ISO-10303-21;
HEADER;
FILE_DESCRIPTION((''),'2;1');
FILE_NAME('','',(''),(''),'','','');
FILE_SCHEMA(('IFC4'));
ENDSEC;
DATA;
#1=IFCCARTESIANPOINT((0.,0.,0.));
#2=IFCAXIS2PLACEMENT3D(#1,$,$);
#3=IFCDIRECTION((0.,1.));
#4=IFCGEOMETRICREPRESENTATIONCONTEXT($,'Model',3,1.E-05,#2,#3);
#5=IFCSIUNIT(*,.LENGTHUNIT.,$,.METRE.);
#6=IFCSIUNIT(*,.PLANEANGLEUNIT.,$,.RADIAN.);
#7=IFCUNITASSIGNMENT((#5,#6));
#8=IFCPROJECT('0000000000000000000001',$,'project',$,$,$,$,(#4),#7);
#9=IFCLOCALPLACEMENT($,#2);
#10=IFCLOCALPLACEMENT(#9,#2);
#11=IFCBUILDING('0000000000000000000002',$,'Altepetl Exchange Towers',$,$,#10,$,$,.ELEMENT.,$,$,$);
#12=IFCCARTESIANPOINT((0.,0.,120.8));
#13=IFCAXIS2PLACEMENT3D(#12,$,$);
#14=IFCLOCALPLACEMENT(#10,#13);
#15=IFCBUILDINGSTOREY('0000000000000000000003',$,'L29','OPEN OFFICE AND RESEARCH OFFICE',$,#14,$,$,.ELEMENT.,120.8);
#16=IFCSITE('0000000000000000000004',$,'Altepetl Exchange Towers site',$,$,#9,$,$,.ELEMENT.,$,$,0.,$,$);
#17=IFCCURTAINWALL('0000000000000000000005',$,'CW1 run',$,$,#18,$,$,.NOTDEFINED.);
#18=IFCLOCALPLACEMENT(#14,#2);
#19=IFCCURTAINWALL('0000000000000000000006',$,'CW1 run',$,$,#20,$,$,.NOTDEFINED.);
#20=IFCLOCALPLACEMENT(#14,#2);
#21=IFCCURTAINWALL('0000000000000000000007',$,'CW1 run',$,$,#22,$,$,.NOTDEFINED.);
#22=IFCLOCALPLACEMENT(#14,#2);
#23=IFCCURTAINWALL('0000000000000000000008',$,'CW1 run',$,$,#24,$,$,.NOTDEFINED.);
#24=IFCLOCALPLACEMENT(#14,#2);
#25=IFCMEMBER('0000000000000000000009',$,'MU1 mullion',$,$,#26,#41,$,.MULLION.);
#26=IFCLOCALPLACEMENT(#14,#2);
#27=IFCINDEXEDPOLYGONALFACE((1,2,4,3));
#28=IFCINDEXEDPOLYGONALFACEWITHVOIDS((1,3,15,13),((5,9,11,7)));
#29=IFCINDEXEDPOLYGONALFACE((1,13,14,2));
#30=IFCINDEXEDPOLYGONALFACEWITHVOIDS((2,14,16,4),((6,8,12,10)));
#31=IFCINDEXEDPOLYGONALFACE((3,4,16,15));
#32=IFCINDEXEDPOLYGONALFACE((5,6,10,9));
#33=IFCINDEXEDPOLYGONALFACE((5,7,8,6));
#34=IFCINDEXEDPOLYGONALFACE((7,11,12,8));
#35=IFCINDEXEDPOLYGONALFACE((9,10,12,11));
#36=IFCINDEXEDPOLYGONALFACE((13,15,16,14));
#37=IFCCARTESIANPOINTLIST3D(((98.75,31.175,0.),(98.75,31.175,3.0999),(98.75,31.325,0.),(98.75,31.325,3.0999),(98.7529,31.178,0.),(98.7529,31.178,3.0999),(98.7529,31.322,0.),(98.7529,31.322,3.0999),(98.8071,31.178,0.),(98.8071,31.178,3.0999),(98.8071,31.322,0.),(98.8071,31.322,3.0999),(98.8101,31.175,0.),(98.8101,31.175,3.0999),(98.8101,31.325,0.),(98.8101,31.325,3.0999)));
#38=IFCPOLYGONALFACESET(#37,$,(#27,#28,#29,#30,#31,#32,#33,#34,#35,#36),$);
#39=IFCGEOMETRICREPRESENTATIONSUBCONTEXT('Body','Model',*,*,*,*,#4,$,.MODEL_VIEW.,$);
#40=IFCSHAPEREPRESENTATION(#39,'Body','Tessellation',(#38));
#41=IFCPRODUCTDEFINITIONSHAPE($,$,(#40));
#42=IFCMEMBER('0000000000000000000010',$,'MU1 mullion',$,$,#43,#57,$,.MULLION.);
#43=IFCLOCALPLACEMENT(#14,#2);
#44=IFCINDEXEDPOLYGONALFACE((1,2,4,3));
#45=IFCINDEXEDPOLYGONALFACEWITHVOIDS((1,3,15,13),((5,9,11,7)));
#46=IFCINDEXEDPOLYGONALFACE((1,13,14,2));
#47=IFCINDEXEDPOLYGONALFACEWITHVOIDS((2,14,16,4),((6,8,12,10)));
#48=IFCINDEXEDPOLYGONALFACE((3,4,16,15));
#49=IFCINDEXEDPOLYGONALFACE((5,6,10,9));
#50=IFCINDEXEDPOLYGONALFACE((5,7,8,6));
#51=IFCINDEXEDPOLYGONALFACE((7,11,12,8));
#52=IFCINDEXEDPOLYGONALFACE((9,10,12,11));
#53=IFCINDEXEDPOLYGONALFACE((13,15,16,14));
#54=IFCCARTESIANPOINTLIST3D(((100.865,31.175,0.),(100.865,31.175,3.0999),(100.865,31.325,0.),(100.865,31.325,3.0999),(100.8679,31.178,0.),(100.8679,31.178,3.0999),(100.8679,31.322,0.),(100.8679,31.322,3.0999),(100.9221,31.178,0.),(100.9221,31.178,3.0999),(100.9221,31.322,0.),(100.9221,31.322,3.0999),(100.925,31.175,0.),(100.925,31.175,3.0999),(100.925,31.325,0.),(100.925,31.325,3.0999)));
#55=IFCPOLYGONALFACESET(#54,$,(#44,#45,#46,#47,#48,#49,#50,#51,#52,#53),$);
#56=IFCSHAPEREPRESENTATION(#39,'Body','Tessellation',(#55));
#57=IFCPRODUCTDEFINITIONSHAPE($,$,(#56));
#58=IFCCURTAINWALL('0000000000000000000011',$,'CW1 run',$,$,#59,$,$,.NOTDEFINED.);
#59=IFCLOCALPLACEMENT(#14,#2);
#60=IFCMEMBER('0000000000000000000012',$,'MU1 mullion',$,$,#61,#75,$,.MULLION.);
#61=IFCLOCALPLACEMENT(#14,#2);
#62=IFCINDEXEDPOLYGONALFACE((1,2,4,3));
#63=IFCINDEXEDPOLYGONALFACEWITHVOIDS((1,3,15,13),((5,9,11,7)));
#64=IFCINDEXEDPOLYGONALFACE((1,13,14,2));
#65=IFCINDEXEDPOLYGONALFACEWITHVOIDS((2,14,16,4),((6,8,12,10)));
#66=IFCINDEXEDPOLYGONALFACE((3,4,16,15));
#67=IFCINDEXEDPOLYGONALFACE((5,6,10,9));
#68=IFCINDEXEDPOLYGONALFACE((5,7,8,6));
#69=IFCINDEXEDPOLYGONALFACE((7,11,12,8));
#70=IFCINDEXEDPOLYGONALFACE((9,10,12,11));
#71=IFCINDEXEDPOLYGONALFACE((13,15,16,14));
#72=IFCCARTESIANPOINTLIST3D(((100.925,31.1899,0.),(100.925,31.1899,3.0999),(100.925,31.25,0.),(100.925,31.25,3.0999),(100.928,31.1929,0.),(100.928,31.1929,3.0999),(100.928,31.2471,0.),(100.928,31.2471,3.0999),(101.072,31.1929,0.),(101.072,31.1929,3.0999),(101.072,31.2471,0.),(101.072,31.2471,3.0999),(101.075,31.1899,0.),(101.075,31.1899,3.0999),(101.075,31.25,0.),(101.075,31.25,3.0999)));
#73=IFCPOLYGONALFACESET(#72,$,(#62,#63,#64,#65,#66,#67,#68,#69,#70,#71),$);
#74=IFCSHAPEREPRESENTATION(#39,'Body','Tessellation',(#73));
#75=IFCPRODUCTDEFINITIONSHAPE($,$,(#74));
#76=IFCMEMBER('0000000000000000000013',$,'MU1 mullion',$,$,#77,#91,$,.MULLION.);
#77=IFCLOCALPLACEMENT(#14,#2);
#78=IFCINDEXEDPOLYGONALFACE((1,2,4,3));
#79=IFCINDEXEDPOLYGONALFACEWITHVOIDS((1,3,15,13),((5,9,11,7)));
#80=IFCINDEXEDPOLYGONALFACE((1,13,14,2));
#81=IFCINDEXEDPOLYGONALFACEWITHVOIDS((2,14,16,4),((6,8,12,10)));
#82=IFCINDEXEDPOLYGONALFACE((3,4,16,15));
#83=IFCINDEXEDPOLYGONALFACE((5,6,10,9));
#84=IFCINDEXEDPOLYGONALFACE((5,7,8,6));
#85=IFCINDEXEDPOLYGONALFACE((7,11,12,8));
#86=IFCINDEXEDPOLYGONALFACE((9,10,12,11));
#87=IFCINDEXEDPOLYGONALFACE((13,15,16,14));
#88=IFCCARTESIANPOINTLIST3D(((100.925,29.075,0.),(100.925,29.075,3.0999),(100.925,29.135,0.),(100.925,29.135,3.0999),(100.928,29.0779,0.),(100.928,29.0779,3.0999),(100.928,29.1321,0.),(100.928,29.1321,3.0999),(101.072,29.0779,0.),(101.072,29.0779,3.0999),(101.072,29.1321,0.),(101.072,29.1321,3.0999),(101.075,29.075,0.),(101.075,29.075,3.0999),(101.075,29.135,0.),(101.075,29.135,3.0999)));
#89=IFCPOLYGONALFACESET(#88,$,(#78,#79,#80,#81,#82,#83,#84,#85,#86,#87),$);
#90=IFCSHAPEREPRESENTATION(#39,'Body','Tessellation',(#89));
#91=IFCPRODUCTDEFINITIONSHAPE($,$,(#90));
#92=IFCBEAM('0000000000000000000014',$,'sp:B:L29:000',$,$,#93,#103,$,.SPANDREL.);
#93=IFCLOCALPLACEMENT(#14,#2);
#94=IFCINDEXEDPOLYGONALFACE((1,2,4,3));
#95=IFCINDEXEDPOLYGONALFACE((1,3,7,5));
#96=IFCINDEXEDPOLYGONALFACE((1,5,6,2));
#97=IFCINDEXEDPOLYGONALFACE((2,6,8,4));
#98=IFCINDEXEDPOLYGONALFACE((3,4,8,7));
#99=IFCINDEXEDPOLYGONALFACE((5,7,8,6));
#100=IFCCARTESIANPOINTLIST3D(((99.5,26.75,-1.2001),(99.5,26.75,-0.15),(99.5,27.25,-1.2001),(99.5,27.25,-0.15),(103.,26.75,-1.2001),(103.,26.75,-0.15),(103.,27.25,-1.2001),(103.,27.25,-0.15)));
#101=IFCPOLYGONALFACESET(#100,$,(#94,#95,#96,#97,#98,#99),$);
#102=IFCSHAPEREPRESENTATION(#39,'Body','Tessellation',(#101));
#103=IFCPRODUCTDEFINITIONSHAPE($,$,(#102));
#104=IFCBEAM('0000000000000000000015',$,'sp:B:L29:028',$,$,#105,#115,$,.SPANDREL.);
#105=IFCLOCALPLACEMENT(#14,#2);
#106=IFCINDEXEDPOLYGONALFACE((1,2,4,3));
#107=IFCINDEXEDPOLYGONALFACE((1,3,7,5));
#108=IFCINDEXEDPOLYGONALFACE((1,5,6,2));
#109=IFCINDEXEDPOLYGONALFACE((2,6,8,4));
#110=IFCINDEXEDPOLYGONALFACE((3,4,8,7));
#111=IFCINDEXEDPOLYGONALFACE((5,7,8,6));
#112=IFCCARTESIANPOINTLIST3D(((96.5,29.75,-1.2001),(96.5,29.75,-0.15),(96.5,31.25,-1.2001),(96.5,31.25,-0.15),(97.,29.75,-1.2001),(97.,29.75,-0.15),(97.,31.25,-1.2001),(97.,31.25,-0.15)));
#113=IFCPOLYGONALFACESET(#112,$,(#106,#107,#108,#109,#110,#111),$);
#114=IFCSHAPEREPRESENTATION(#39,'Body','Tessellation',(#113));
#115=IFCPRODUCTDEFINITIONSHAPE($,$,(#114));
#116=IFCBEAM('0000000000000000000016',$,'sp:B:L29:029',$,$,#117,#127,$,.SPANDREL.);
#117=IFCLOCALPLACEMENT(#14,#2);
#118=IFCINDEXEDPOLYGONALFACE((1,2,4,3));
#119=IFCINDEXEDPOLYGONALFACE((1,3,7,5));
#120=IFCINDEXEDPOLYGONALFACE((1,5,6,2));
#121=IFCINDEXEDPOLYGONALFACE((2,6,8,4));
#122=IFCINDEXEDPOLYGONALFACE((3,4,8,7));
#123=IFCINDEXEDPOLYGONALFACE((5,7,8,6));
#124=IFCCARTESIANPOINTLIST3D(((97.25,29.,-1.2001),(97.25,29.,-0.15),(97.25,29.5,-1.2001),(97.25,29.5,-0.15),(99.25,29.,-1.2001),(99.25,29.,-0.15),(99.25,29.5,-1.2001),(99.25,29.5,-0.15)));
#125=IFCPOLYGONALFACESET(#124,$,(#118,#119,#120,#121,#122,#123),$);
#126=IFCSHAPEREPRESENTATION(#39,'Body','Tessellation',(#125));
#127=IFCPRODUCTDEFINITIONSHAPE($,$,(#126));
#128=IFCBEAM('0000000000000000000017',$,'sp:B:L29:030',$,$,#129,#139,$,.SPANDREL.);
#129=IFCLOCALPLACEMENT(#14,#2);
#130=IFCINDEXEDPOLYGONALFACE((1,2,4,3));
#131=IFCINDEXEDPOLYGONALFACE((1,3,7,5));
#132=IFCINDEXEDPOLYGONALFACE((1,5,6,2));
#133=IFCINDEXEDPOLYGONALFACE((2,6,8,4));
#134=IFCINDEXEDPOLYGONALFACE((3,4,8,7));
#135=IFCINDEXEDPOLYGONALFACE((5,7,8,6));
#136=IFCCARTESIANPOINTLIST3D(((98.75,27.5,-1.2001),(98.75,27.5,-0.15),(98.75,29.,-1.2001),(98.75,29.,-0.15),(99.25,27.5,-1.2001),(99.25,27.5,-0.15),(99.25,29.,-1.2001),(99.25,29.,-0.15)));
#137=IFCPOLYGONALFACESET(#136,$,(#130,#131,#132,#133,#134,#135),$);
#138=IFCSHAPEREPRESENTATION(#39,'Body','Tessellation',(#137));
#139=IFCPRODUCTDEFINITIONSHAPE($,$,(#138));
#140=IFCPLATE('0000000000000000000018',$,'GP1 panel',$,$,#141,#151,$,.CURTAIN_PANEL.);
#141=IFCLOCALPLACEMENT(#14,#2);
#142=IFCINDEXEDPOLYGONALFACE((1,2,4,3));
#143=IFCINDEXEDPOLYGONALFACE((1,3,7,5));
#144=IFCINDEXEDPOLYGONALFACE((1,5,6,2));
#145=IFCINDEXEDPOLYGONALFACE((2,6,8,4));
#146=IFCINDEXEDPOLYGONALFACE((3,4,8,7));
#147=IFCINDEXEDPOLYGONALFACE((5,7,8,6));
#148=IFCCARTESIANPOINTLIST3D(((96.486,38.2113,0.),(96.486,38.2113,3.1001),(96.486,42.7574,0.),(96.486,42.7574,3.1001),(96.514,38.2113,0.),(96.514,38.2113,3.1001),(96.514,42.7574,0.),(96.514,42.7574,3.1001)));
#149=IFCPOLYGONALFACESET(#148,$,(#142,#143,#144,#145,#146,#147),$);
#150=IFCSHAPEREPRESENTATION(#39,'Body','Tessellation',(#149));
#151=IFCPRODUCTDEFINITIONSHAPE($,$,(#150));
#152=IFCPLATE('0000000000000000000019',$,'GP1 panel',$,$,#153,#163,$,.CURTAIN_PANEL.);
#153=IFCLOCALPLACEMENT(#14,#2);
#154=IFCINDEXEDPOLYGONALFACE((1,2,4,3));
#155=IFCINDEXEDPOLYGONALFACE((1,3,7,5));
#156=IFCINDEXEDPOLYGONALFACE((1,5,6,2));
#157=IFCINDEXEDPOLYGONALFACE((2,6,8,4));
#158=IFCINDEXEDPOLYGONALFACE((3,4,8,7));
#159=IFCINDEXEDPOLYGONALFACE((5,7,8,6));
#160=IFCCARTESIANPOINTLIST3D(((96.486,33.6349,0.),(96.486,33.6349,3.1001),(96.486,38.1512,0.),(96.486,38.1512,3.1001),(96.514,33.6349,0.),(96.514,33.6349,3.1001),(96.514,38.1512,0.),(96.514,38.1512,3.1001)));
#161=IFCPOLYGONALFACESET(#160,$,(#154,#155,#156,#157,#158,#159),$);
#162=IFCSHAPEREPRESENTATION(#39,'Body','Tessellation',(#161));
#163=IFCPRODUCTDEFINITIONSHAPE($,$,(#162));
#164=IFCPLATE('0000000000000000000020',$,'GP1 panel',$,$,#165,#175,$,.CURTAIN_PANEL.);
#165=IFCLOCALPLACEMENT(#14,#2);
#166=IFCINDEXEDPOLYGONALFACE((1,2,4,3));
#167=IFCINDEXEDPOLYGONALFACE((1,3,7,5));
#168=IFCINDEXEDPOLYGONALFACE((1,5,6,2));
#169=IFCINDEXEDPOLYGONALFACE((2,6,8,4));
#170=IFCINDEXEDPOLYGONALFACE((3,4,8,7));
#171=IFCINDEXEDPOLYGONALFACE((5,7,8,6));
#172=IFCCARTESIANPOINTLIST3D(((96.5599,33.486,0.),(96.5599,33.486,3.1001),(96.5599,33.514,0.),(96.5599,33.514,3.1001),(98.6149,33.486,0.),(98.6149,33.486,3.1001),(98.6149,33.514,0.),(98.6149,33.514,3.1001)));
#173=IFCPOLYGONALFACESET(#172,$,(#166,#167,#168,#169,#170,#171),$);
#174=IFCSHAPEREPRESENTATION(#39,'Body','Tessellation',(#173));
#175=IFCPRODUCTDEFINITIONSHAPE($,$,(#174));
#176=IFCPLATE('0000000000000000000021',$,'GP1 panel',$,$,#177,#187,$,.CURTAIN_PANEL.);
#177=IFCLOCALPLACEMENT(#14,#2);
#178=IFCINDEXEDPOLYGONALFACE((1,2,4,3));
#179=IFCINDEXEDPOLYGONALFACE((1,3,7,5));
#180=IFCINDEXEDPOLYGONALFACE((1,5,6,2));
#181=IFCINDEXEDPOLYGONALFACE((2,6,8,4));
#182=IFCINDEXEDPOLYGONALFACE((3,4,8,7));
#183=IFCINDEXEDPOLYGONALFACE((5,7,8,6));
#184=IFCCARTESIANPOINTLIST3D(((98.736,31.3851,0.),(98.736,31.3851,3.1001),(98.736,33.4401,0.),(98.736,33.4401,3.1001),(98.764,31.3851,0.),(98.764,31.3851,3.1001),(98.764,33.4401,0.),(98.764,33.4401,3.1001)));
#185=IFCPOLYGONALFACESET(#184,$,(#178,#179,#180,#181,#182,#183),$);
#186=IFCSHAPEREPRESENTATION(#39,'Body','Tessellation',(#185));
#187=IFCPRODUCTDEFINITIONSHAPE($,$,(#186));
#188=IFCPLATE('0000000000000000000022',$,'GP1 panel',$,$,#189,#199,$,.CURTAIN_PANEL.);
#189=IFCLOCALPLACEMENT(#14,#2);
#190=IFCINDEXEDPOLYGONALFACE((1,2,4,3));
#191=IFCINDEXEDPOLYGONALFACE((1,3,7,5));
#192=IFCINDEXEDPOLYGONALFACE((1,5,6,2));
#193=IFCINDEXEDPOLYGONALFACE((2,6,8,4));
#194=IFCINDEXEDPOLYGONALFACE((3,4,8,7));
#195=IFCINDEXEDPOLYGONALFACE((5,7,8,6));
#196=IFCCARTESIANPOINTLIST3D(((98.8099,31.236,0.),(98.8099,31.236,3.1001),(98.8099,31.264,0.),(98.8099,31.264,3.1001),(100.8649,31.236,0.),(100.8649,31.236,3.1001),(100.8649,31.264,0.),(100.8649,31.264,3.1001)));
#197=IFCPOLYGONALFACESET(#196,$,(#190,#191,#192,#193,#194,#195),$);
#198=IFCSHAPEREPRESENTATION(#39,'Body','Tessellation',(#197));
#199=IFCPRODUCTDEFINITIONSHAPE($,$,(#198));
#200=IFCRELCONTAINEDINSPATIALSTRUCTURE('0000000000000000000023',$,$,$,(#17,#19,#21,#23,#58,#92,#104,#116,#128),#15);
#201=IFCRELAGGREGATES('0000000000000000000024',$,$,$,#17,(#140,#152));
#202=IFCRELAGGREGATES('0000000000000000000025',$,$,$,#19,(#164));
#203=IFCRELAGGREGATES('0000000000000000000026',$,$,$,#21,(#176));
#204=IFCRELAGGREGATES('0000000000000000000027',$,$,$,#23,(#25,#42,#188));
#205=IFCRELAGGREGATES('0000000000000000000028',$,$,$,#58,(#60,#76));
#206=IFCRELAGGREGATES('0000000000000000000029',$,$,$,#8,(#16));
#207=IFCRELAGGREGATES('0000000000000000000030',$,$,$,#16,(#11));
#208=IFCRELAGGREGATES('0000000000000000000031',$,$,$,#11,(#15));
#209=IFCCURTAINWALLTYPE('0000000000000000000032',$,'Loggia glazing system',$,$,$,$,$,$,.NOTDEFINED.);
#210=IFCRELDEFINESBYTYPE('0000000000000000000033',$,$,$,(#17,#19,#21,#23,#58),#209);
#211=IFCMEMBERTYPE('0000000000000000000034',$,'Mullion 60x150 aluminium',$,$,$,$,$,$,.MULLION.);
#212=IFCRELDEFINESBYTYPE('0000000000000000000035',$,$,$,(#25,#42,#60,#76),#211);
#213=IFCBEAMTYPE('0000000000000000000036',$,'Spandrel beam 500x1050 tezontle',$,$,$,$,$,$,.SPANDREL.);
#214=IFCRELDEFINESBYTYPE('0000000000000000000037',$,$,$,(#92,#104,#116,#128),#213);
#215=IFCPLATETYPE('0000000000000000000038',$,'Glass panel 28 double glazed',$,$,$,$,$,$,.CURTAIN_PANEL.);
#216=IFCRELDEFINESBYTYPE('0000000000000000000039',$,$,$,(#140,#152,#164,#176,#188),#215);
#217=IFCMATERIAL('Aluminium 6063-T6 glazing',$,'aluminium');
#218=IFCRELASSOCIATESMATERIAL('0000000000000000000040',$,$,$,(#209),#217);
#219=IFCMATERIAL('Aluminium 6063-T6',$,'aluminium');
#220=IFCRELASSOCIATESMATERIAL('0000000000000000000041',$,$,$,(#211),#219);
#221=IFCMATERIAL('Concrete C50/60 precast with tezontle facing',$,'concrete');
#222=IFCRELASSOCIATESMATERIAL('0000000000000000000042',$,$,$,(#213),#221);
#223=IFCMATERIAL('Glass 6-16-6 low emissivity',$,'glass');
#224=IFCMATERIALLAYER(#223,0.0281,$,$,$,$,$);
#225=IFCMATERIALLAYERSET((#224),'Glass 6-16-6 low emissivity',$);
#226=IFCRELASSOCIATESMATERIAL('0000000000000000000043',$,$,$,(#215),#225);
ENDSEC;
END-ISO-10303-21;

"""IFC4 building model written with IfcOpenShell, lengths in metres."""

from ifc_helpers import new_model, si_unit, direction, frame, origin, origin_2d, place, context, subcontext, project, spatial, rectangle, hollow_rectangle, extrude, material, layer, layer_set, material_profile, profile_set, type_object, element, aggregate, save


model = new_model("IFC4")

# Units and contexts
model_context = context("Model", 3, precision=1e-05, world=origin(), true_north=direction((0.0, 1.0)))
body_context = subcontext(model_context, "Body", "Model", "MODEL_VIEW")
ifc_project = project(units=[si_unit("LENGTHUNIT", "METRE"), si_unit("PLANEANGLEUNIT", "RADIAN")], contexts=[model_context])

# Site, building, storey
site_placement = place(None, origin())
site = spatial("IfcSite", under=ifc_project, at=site_placement, Name="Altepetl Exchange Towers site", CompositionType="ELEMENT", RefElevation=0.0)
building_placement = place(site_placement, origin())
building = spatial("IfcBuilding", under=site, at=building_placement, Name="Altepetl Exchange Towers", CompositionType="ELEMENT")
storey_placement = place(building_placement, frame((0.0, 0.0, 120.8)))
storey = spatial("IfcBuildingStorey", under=building, at=storey_placement, Name="L29", Description="OPEN OFFICE AND RESEARCH OFFICE", CompositionType="ELEMENT", Elevation=120.8)

# Curtain walls, members
ifc_material_1 = material(Name="Aluminium 6063-T6 glazing", Category="aluminium")
curtain_wall_type = type_object("IfcCurtainWallType", Name="Loggia glazing system", PredefinedType="NOTDEFINED", material=ifc_material_1)
curtain_wall_1_placement = place(storey_placement, origin())
curtain_wall_1 = element("IfcCurtainWall", 1, at=curtain_wall_1_placement, inside=storey, type_object=curtain_wall_type, Name="CW1 run", PredefinedType="NOTDEFINED")
ifc_material_2 = material(Name="Aluminium 6063-T6", Category="aluminium")
ifc_material_profile_1 = material_profile(ifc_material_2, hollow_rectangle(XDim=0.0601, YDim=0.1499, WallThickness=0.0029, at=origin_2d()), Name="Mullion 60x150 aluminium")
ifc_profile_set_1 = profile_set([ifc_material_profile_1], Name="Aluminium 6063-T6")
member_type = type_object("IfcMemberType", Name="Mullion 60x150 aluminium", PredefinedType="MULLION", material=ifc_profile_set_1)
curtain_wall_2_placement = place(storey_placement, origin())
curtain_wall_2 = element("IfcCurtainWall", 2, at=curtain_wall_2_placement, inside=storey, type_object=curtain_wall_type, Name="CW1 run", PredefinedType="NOTDEFINED")
curtain_wall_3_placement = place(storey_placement, origin())
curtain_wall_3 = element("IfcCurtainWall", 3, at=curtain_wall_3_placement, inside=storey, type_object=curtain_wall_type, Name="CW1 run", PredefinedType="NOTDEFINED")
curtain_wall_4_placement = place(storey_placement, origin())
curtain_wall_4 = element("IfcCurtainWall", 4, at=curtain_wall_4_placement, inside=storey, type_object=curtain_wall_type, Name="CW1 run", PredefinedType="NOTDEFINED")
member_1_placement = place(storey_placement, frame((98.78, 31.25, 0.0)))
member_1 = element("IfcMember", 5, at=member_1_placement, type_object=member_type, Name="MU1 mullion", PredefinedType="MULLION", context=body_context, shape_type="SweptSolid", body=[
    extrude(hollow_rectangle(XDim=0.0601, YDim=0.1499, WallThickness=0.0029, at=origin_2d()), origin(), (0.0, 0.0, 1.0), 3.0999),
])
member_2_placement = place(storey_placement, frame((100.895, 31.25, 0.0)))
member_2 = element("IfcMember", 6, at=member_2_placement, type_object=member_type, Name="MU1 mullion", PredefinedType="MULLION", context=body_context, shape_type="SweptSolid", body=[
    extrude(hollow_rectangle(XDim=0.0601, YDim=0.1499, WallThickness=0.0029, at=origin_2d()), origin(), (0.0, 0.0, 1.0), 3.0999),
])
curtain_wall_5_placement = place(storey_placement, origin())
curtain_wall_5 = element("IfcCurtainWall", 7, at=curtain_wall_5_placement, inside=storey, type_object=curtain_wall_type, Name="CW1 run", PredefinedType="NOTDEFINED")
member_3_placement = place(storey_placement, frame((101.0, 31.22, 0.0), z_axis=(0.0, 0.0, 1.0), x_axis=(0.0, -1.0, 0.0)))
member_3 = element("IfcMember", 8, at=member_3_placement, type_object=member_type, Name="MU1 mullion", PredefinedType="MULLION", context=body_context, shape_type="SweptSolid", body=[
    extrude(hollow_rectangle(XDim=0.0601, YDim=0.1499, WallThickness=0.0029, at=origin_2d()), origin(), (0.0, 0.0, 1.0), 3.0999),
])
member_4_placement = place(storey_placement, frame((101.0, 29.105, 0.0), z_axis=(0.0, 0.0, 1.0), x_axis=(0.0, -1.0, 0.0)))
member_4 = element("IfcMember", 9, at=member_4_placement, type_object=member_type, Name="MU1 mullion", PredefinedType="MULLION", context=body_context, shape_type="SweptSolid", body=[
    extrude(hollow_rectangle(XDim=0.0601, YDim=0.1499, WallThickness=0.0029, at=origin_2d()), origin(), (0.0, 0.0, 1.0), 3.0999),
])

# Beams
ifc_material_3 = material(Name="Concrete C50/60 precast with tezontle facing", Category="concrete")
ifc_material_profile_2 = material_profile(ifc_material_3, rectangle(XDim=0.5, YDim=1.05, at=origin_2d()), Name="500 x 1050")
ifc_profile_set_2 = profile_set([ifc_material_profile_2], Name="Concrete C50/60 precast with tezontle facing")
beam_type_1 = type_object("IfcBeamType", Name="Spandrel beam 500x1050 tezontle", PredefinedType="SPANDREL", material=ifc_profile_set_2)
beam_1_placement = place(storey_placement, frame((99.5, 27.0, -0.675), z_axis=(1.0, 0.0, 0.0), x_axis=(0.0, 1.0, 0.0)))
element("IfcBeam", 10, at=beam_1_placement, inside=storey, type_object=beam_type_1, Name="sp:B:L29:000", PredefinedType="SPANDREL", context=body_context, shape_type="SweptSolid", body=[
    extrude(rectangle(XDim=0.5, YDim=1.05, at=origin_2d()), origin(), (0.0, 0.0, 1.0), 3.5),
])
beam_2_placement = place(storey_placement, frame((96.75, 31.25, -0.675), z_axis=(0.0, -1.0, 0.0), x_axis=(1.0, 0.0, 0.0)))
element("IfcBeam", 11, at=beam_2_placement, inside=storey, type_object=beam_type_1, Name="sp:B:L29:028", PredefinedType="SPANDREL", context=body_context, shape_type="SweptSolid", body=[
    extrude(rectangle(XDim=0.5, YDim=1.05, at=origin_2d()), origin(), (0.0, 0.0, 1.0), 1.5),
])
beam_3_placement = place(storey_placement, frame((97.25, 29.25, -0.675), z_axis=(1.0, 0.0, 0.0), x_axis=(0.0, 1.0, 0.0)))
element("IfcBeam", 12, at=beam_3_placement, inside=storey, type_object=beam_type_1, Name="sp:B:L29:029", PredefinedType="SPANDREL", context=body_context, shape_type="SweptSolid", body=[
    extrude(rectangle(XDim=0.5, YDim=1.05, at=origin_2d()), origin(), (0.0, 0.0, 1.0), 2.0),
])
beam_4_placement = place(storey_placement, frame((99.0, 29.0, -0.675), z_axis=(0.0, -1.0, 0.0), x_axis=(1.0, 0.0, 0.0)))
element("IfcBeam", 13, at=beam_4_placement, inside=storey, type_object=beam_type_1, Name="sp:B:L29:030", PredefinedType="SPANDREL", context=body_context, shape_type="SweptSolid", body=[
    extrude(rectangle(XDim=0.5, YDim=1.05, at=origin_2d()), origin(), (0.0, 0.0, 1.0), 1.5),
])

# Plates
ifc_material_4 = material(Name="Glass 6-16-6 low emissivity", Category="glass")
ifc_layer_1 = layer(ifc_material_4, 0.0281)
ifc_layer_set_1 = layer_set([ifc_layer_1], Name="Glass 6-16-6 low emissivity")
plate_type = type_object("IfcPlateType", Name="Glass panel 28 double glazed", PredefinedType="CURTAIN_PANEL", material=ifc_layer_set_1)
plate_1_placement = place(storey_placement, frame((96.5, 40.4844, 0.0), z_axis=(0.0, 0.0, 1.0), x_axis=(0.0, -1.0, 0.0)))
plate_1 = element("IfcPlate", 14, at=plate_1_placement, type_object=plate_type, Name="GP1 panel", PredefinedType="CURTAIN_PANEL", context=body_context, shape_type="SweptSolid", body=[
    extrude(rectangle(XDim=4.5461, YDim=0.0281, at=origin_2d()), origin(), (0.0, 0.0, 1.0), 3.1001),
])
plate_2_placement = place(storey_placement, frame((96.5, 35.8931, 0.0), z_axis=(0.0, 0.0, 1.0), x_axis=(0.0, -1.0, 0.0)))
plate_2 = element("IfcPlate", 15, at=plate_2_placement, type_object=plate_type, Name="GP1 panel", PredefinedType="CURTAIN_PANEL", context=body_context, shape_type="SweptSolid", body=[
    extrude(rectangle(XDim=4.5164, YDim=0.0281, at=origin_2d()), origin(), (0.0, 0.0, 1.0), 3.1001),
])
aggregate(curtain_wall_1, [plate_1, plate_2])
plate_3_placement = place(storey_placement, frame((97.5874, 33.5, 0.0)))
plate_3 = element("IfcPlate", 16, at=plate_3_placement, type_object=plate_type, Name="GP1 panel", PredefinedType="CURTAIN_PANEL", context=body_context, shape_type="SweptSolid", body=[
    extrude(rectangle(XDim=2.0549, YDim=0.0281, at=origin_2d()), origin(), (0.0, 0.0, 1.0), 3.1001),
])
aggregate(curtain_wall_2, [plate_3])
plate_4_placement = place(storey_placement, frame((98.75, 32.4126, 0.0), z_axis=(0.0, 0.0, 1.0), x_axis=(0.0, -1.0, 0.0)))
plate_4 = element("IfcPlate", 17, at=plate_4_placement, type_object=plate_type, Name="GP1 panel", PredefinedType="CURTAIN_PANEL", context=body_context, shape_type="SweptSolid", body=[
    extrude(rectangle(XDim=2.0549, YDim=0.0281, at=origin_2d()), origin(), (0.0, 0.0, 1.0), 3.1001),
])
aggregate(curtain_wall_3, [plate_4])
plate_5_placement = place(storey_placement, frame((99.8374, 31.25, 0.0)))
plate_5 = element("IfcPlate", 18, at=plate_5_placement, type_object=plate_type, Name="GP1 panel", PredefinedType="CURTAIN_PANEL", context=body_context, shape_type="SweptSolid", body=[
    extrude(rectangle(XDim=2.0549, YDim=0.0281, at=origin_2d()), origin(), (0.0, 0.0, 1.0), 3.1001),
])
aggregate(curtain_wall_4, [member_1, member_2, plate_5])
aggregate(curtain_wall_5, [member_3, member_4])

save(model, "model.ifc")
